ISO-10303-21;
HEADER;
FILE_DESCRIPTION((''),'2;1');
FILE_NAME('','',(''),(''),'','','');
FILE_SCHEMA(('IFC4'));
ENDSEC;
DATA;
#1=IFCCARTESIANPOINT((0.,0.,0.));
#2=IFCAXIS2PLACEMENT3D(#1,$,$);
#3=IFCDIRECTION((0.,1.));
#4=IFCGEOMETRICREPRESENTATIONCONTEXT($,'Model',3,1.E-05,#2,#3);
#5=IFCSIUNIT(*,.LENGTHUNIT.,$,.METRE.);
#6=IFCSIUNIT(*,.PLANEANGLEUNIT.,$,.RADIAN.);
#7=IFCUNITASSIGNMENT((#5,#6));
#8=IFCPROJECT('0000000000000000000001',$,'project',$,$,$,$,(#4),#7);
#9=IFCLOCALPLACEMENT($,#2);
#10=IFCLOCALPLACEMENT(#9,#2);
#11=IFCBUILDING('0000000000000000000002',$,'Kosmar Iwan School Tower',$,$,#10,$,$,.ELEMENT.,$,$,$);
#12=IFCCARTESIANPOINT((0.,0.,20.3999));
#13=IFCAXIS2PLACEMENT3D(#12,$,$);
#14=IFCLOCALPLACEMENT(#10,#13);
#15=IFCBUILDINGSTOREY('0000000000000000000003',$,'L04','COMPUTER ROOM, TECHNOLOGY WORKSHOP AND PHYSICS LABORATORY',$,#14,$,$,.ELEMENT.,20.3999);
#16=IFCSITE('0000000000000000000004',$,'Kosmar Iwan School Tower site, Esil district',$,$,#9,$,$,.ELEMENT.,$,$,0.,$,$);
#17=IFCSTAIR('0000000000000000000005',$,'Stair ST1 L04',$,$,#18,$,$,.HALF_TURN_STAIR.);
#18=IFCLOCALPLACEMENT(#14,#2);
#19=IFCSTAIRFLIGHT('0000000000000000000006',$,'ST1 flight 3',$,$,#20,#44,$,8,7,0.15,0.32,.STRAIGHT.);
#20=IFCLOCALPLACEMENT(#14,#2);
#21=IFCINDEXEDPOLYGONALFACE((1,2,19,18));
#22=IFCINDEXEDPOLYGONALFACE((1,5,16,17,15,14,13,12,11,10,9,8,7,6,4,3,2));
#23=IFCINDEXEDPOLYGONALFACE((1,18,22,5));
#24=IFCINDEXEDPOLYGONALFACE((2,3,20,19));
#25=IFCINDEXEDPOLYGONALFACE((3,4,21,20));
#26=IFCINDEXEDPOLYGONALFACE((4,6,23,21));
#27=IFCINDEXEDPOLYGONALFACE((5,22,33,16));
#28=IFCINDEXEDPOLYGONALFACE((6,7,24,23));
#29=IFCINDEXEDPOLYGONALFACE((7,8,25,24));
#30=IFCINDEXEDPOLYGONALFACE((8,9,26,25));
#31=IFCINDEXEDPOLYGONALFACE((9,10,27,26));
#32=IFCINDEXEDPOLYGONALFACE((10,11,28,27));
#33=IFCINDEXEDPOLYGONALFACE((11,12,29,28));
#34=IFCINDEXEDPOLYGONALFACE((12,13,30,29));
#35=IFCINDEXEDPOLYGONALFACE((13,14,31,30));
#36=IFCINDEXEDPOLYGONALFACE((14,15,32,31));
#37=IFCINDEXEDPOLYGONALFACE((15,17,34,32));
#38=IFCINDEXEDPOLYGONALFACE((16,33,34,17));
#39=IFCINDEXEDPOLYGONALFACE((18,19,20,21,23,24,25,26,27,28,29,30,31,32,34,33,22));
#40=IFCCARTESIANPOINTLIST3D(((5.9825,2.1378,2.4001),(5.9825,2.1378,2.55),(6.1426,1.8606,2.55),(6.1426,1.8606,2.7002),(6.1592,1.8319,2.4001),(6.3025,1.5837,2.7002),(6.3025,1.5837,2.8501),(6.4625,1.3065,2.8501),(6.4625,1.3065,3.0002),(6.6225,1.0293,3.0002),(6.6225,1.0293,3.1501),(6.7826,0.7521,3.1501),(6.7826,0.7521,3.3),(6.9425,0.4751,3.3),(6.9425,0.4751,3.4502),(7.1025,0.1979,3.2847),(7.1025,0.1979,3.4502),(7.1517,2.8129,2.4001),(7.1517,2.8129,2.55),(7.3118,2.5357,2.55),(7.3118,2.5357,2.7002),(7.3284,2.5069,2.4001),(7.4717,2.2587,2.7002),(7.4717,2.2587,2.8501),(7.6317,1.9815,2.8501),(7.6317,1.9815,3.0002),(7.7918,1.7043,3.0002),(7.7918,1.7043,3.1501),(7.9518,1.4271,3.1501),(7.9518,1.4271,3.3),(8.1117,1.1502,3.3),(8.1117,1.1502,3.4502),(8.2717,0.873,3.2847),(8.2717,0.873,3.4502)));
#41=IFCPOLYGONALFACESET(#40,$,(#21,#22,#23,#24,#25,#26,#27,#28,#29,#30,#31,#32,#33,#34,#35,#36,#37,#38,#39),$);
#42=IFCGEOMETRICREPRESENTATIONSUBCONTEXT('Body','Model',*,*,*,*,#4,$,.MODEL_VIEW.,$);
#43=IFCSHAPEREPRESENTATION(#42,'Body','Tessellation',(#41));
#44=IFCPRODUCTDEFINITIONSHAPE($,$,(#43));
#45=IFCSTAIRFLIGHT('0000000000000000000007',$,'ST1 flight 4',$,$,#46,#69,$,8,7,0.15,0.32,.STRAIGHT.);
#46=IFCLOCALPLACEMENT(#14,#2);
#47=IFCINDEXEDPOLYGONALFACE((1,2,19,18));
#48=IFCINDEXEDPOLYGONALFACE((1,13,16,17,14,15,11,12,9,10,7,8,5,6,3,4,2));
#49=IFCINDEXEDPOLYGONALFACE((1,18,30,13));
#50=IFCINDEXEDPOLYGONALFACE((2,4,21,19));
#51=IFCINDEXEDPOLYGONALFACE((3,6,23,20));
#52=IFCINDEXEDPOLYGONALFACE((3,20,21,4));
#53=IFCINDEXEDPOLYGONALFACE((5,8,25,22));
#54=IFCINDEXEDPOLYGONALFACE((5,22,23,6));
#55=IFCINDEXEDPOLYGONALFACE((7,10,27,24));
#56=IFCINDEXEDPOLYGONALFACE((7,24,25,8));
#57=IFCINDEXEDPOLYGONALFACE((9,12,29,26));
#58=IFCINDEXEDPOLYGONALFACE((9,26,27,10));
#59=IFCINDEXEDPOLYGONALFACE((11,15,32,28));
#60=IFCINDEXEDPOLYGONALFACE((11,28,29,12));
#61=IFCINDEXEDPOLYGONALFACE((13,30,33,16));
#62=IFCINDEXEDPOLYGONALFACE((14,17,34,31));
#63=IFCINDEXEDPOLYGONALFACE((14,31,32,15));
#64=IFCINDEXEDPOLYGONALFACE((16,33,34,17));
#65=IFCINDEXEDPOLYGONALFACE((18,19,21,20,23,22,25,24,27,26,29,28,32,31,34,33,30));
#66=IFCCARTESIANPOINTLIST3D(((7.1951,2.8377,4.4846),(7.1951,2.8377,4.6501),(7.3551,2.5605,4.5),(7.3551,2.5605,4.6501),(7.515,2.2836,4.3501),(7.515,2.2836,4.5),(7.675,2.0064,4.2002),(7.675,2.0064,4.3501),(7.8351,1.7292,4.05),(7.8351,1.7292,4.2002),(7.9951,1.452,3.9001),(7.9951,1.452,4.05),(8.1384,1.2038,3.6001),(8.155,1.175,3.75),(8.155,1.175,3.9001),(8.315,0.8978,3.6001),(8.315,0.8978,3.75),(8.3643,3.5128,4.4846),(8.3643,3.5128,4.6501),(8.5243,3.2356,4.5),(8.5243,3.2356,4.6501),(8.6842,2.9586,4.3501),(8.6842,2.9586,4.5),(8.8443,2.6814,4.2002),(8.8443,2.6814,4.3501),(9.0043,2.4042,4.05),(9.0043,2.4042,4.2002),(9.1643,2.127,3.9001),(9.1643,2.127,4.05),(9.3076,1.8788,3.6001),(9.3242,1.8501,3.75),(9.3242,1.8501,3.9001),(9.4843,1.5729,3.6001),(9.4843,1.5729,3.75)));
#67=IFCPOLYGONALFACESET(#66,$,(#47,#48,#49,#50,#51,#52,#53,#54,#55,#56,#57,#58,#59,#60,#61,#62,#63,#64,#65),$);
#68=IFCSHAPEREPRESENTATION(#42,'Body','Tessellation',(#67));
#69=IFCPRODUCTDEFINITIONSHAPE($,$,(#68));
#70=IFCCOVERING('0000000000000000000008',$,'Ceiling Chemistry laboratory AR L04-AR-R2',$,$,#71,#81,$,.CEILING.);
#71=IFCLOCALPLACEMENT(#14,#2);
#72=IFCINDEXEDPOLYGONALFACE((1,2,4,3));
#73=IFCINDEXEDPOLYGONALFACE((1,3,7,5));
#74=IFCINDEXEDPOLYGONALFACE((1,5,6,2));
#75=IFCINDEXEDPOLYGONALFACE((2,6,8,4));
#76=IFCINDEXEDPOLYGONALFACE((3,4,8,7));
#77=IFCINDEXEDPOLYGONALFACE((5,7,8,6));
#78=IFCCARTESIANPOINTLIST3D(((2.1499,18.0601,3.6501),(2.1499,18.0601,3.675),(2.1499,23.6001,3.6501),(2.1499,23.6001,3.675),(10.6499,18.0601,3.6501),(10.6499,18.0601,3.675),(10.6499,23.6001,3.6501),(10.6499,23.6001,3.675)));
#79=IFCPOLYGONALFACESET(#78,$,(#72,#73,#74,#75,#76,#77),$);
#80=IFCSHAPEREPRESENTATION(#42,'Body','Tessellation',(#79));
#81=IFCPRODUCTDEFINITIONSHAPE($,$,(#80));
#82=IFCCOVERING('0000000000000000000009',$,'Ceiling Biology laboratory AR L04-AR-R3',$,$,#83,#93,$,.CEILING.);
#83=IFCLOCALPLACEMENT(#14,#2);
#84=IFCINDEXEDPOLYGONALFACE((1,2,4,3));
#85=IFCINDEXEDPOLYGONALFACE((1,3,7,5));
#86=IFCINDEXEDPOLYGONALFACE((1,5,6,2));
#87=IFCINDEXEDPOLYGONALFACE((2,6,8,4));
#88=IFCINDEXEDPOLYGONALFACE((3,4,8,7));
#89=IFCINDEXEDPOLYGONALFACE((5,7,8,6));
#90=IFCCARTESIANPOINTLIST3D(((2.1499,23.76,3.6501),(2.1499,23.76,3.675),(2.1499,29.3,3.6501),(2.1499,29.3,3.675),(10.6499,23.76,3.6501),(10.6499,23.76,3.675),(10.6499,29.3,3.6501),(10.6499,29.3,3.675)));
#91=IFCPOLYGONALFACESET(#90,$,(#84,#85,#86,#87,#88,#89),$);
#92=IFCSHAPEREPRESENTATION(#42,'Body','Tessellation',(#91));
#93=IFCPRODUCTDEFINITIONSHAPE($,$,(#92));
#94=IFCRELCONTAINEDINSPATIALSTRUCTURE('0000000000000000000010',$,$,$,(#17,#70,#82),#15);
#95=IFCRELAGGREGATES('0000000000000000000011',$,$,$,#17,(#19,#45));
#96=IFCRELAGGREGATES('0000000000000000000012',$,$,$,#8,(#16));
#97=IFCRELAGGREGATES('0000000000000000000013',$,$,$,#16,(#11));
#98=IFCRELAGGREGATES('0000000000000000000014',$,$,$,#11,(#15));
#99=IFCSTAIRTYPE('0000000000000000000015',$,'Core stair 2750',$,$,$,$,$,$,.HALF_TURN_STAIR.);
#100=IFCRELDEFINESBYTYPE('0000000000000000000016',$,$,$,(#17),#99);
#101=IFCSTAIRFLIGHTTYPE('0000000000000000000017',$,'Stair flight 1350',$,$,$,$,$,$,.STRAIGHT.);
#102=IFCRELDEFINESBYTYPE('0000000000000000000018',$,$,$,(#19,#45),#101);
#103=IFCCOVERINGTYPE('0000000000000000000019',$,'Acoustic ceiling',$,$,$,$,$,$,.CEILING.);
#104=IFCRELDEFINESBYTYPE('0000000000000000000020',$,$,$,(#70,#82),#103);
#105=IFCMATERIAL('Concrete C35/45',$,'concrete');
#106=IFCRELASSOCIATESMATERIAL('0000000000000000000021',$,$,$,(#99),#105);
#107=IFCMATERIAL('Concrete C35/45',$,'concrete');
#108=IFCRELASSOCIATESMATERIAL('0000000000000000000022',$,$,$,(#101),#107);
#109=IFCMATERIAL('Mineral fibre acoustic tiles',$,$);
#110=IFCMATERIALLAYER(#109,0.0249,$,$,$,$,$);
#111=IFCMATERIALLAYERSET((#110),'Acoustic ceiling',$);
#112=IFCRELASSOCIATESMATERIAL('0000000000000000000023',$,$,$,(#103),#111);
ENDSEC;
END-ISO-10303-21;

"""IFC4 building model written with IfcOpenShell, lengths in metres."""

from ifc_helpers import new_model, si_unit, direction, frame, origin, place, context, subcontext, project, spatial, polyline, outline, extrude, material, layer, layer_set, type_object, element, aggregate, save


model = new_model("IFC4")

# Units and contexts
model_context = context("Model", 3, precision=1e-05, world=origin(), true_north=direction((0.0, 1.0)))
body_context = subcontext(model_context, "Body", "Model", "MODEL_VIEW")
ifc_project = project(units=[si_unit("LENGTHUNIT", "METRE"), si_unit("PLANEANGLEUNIT", "RADIAN")], contexts=[model_context])

# Site, building, storey
site_placement = place(None, origin())
site = spatial("IfcSite", under=ifc_project, at=site_placement, Name="Kosmar Iwan School Tower site, Esil district", CompositionType="ELEMENT", RefElevation=0.0)
building_placement = place(site_placement, origin())
building = spatial("IfcBuilding", under=site, at=building_placement, Name="Kosmar Iwan School Tower", CompositionType="ELEMENT")
storey_placement = place(building_placement, frame((0.0, 0.0, 20.3999)))
storey = spatial("IfcBuildingStorey", under=building, at=storey_placement, Name="L04", Description="COMPUTER ROOM, TECHNOLOGY WORKSHOP AND PHYSICS LABORATORY", CompositionType="ELEMENT", Elevation=20.3999)

# Stair, stair flights
ifc_material_1 = material(Name="Concrete C35/45", Category="concrete")
stair_type = type_object("IfcStairType", Name="Core stair 2750", PredefinedType="HALF_TURN_STAIR", material=ifc_material_1)
stair_placement = place(storey_placement, origin())
stair = element("IfcStair", 1, at=stair_placement, inside=storey, type_object=stair_type, Name="Stair ST1 L04", PredefinedType="HALF_TURN_STAIR")
ifc_material_2 = material(Name="Concrete C35/45", Category="concrete")
stair_flight_type = type_object("IfcStairFlightType", Name="Stair flight 1350", PredefinedType="STRAIGHT", material=ifc_material_2)
stair_flight_1_placement = place(storey_placement, frame((6.5671, 2.4753, 2.4001), z_axis=(0.0, 0.0, 1.0), x_axis=(0.5, -0.866025, 0.0)))
stair_flight_1 = element("IfcStairFlight", 2, at=stair_flight_1_placement, type_object=stair_flight_type, Name="ST1 flight 3", NumberOfRisers=8, NumberOfTreads=7, PredefinedType="STRAIGHT", RiserHeight=0.15, TreadLength=0.32, context=body_context, shape_type="SweptSolid", body=[
    extrude(outline(polyline([(0.0, 0.0), (0.0, 0.1499), (0.3201, 0.1499), (0.3201, 0.3), (0.6399, 0.3), (0.6399, 0.45), (0.96, 0.45), (0.96, 0.6001), (1.28, 0.6001), (1.28, 0.75), (1.6001, 0.75), (1.6001, 0.8999), (1.9199, 0.8999), (1.9199, 1.05), (2.24, 1.05), (2.24, 1.2), (2.24, 0.8845), (0.3533, 0.0), (0.0, 0.0)])), frame((0.0, 0.675, 0.0), z_axis=(0.0, -1.0, 0.0), x_axis=(1.0, 0.0, 0.0)), (0.0, 0.0, 1.0), 1.3501),
])
stair_flight_2_placement = place(storey_placement, frame((8.8997, 1.2354, 3.6001), z_axis=(0.0, 0.0, 1.0), x_axis=(-0.5, 0.866025, 0.0)))
stair_flight_2 = element("IfcStairFlight", 3, at=stair_flight_2_placement, type_object=stair_flight_type, Name="ST1 flight 4", NumberOfRisers=8, NumberOfTreads=7, PredefinedType="STRAIGHT", RiserHeight=0.15, TreadLength=0.32, context=body_context, shape_type="SweptSolid", body=[
    extrude(outline(polyline([(0.0, 0.0), (0.0, 0.1499), (0.3201, 0.1499), (0.3201, 0.3), (0.6399, 0.3), (0.6399, 0.45), (0.96, 0.45), (0.96, 0.6001), (1.28, 0.6001), (1.28, 0.75), (1.6001, 0.75), (1.6001, 0.8999), (1.9199, 0.8999), (1.9199, 1.05), (2.24, 1.05), (2.24, 1.2), (2.24, 0.8845), (0.3533, 0.0), (0.0, 0.0)])), frame((0.0, 0.675, 0.0), z_axis=(0.0, -1.0, 0.0), x_axis=(1.0, 0.0, 0.0)), (0.0, 0.0, 1.0), 1.3501),
])
aggregate(stair, [stair_flight_1, stair_flight_2])

# Coverings
ifc_material_3 = material(Name="Mineral fibre acoustic tiles")
ifc_layer_1 = layer(ifc_material_3, 0.0249)
ifc_layer_set_1 = layer_set([ifc_layer_1], Name="Acoustic ceiling")
covering_type = type_object("IfcCoveringType", Name="Acoustic ceiling", PredefinedType="CEILING", material=ifc_layer_set_1)
covering_1_placement = place(storey_placement, frame((0.0, 0.0, 3.6501)))
element("IfcCovering", 4, at=covering_1_placement, inside=storey, type_object=covering_type, Name="Ceiling Chemistry laboratory AR L04-AR-R2", PredefinedType="CEILING", context=body_context, shape_type="SweptSolid", body=[
    extrude(outline(polyline([(2.1499, 18.0601), (10.6499, 18.0601), (10.6499, 23.6001), (2.1499, 23.6001), (2.1499, 18.0601)])), origin(), (0.0, 0.0, 1.0), 0.0249),
])
covering_2_placement = place(storey_placement, frame((0.0, 0.0, 3.6501)))
element("IfcCovering", 5, at=covering_2_placement, inside=storey, type_object=covering_type, Name="Ceiling Biology laboratory AR L04-AR-R3", PredefinedType="CEILING", context=body_context, shape_type="SweptSolid", body=[
    extrude(outline(polyline([(2.1499, 23.76), (10.6499, 23.76), (10.6499, 29.3), (2.1499, 29.3), (2.1499, 23.76)])), origin(), (0.0, 0.0, 1.0), 0.0249),
])

save(model, "model.ifc")
